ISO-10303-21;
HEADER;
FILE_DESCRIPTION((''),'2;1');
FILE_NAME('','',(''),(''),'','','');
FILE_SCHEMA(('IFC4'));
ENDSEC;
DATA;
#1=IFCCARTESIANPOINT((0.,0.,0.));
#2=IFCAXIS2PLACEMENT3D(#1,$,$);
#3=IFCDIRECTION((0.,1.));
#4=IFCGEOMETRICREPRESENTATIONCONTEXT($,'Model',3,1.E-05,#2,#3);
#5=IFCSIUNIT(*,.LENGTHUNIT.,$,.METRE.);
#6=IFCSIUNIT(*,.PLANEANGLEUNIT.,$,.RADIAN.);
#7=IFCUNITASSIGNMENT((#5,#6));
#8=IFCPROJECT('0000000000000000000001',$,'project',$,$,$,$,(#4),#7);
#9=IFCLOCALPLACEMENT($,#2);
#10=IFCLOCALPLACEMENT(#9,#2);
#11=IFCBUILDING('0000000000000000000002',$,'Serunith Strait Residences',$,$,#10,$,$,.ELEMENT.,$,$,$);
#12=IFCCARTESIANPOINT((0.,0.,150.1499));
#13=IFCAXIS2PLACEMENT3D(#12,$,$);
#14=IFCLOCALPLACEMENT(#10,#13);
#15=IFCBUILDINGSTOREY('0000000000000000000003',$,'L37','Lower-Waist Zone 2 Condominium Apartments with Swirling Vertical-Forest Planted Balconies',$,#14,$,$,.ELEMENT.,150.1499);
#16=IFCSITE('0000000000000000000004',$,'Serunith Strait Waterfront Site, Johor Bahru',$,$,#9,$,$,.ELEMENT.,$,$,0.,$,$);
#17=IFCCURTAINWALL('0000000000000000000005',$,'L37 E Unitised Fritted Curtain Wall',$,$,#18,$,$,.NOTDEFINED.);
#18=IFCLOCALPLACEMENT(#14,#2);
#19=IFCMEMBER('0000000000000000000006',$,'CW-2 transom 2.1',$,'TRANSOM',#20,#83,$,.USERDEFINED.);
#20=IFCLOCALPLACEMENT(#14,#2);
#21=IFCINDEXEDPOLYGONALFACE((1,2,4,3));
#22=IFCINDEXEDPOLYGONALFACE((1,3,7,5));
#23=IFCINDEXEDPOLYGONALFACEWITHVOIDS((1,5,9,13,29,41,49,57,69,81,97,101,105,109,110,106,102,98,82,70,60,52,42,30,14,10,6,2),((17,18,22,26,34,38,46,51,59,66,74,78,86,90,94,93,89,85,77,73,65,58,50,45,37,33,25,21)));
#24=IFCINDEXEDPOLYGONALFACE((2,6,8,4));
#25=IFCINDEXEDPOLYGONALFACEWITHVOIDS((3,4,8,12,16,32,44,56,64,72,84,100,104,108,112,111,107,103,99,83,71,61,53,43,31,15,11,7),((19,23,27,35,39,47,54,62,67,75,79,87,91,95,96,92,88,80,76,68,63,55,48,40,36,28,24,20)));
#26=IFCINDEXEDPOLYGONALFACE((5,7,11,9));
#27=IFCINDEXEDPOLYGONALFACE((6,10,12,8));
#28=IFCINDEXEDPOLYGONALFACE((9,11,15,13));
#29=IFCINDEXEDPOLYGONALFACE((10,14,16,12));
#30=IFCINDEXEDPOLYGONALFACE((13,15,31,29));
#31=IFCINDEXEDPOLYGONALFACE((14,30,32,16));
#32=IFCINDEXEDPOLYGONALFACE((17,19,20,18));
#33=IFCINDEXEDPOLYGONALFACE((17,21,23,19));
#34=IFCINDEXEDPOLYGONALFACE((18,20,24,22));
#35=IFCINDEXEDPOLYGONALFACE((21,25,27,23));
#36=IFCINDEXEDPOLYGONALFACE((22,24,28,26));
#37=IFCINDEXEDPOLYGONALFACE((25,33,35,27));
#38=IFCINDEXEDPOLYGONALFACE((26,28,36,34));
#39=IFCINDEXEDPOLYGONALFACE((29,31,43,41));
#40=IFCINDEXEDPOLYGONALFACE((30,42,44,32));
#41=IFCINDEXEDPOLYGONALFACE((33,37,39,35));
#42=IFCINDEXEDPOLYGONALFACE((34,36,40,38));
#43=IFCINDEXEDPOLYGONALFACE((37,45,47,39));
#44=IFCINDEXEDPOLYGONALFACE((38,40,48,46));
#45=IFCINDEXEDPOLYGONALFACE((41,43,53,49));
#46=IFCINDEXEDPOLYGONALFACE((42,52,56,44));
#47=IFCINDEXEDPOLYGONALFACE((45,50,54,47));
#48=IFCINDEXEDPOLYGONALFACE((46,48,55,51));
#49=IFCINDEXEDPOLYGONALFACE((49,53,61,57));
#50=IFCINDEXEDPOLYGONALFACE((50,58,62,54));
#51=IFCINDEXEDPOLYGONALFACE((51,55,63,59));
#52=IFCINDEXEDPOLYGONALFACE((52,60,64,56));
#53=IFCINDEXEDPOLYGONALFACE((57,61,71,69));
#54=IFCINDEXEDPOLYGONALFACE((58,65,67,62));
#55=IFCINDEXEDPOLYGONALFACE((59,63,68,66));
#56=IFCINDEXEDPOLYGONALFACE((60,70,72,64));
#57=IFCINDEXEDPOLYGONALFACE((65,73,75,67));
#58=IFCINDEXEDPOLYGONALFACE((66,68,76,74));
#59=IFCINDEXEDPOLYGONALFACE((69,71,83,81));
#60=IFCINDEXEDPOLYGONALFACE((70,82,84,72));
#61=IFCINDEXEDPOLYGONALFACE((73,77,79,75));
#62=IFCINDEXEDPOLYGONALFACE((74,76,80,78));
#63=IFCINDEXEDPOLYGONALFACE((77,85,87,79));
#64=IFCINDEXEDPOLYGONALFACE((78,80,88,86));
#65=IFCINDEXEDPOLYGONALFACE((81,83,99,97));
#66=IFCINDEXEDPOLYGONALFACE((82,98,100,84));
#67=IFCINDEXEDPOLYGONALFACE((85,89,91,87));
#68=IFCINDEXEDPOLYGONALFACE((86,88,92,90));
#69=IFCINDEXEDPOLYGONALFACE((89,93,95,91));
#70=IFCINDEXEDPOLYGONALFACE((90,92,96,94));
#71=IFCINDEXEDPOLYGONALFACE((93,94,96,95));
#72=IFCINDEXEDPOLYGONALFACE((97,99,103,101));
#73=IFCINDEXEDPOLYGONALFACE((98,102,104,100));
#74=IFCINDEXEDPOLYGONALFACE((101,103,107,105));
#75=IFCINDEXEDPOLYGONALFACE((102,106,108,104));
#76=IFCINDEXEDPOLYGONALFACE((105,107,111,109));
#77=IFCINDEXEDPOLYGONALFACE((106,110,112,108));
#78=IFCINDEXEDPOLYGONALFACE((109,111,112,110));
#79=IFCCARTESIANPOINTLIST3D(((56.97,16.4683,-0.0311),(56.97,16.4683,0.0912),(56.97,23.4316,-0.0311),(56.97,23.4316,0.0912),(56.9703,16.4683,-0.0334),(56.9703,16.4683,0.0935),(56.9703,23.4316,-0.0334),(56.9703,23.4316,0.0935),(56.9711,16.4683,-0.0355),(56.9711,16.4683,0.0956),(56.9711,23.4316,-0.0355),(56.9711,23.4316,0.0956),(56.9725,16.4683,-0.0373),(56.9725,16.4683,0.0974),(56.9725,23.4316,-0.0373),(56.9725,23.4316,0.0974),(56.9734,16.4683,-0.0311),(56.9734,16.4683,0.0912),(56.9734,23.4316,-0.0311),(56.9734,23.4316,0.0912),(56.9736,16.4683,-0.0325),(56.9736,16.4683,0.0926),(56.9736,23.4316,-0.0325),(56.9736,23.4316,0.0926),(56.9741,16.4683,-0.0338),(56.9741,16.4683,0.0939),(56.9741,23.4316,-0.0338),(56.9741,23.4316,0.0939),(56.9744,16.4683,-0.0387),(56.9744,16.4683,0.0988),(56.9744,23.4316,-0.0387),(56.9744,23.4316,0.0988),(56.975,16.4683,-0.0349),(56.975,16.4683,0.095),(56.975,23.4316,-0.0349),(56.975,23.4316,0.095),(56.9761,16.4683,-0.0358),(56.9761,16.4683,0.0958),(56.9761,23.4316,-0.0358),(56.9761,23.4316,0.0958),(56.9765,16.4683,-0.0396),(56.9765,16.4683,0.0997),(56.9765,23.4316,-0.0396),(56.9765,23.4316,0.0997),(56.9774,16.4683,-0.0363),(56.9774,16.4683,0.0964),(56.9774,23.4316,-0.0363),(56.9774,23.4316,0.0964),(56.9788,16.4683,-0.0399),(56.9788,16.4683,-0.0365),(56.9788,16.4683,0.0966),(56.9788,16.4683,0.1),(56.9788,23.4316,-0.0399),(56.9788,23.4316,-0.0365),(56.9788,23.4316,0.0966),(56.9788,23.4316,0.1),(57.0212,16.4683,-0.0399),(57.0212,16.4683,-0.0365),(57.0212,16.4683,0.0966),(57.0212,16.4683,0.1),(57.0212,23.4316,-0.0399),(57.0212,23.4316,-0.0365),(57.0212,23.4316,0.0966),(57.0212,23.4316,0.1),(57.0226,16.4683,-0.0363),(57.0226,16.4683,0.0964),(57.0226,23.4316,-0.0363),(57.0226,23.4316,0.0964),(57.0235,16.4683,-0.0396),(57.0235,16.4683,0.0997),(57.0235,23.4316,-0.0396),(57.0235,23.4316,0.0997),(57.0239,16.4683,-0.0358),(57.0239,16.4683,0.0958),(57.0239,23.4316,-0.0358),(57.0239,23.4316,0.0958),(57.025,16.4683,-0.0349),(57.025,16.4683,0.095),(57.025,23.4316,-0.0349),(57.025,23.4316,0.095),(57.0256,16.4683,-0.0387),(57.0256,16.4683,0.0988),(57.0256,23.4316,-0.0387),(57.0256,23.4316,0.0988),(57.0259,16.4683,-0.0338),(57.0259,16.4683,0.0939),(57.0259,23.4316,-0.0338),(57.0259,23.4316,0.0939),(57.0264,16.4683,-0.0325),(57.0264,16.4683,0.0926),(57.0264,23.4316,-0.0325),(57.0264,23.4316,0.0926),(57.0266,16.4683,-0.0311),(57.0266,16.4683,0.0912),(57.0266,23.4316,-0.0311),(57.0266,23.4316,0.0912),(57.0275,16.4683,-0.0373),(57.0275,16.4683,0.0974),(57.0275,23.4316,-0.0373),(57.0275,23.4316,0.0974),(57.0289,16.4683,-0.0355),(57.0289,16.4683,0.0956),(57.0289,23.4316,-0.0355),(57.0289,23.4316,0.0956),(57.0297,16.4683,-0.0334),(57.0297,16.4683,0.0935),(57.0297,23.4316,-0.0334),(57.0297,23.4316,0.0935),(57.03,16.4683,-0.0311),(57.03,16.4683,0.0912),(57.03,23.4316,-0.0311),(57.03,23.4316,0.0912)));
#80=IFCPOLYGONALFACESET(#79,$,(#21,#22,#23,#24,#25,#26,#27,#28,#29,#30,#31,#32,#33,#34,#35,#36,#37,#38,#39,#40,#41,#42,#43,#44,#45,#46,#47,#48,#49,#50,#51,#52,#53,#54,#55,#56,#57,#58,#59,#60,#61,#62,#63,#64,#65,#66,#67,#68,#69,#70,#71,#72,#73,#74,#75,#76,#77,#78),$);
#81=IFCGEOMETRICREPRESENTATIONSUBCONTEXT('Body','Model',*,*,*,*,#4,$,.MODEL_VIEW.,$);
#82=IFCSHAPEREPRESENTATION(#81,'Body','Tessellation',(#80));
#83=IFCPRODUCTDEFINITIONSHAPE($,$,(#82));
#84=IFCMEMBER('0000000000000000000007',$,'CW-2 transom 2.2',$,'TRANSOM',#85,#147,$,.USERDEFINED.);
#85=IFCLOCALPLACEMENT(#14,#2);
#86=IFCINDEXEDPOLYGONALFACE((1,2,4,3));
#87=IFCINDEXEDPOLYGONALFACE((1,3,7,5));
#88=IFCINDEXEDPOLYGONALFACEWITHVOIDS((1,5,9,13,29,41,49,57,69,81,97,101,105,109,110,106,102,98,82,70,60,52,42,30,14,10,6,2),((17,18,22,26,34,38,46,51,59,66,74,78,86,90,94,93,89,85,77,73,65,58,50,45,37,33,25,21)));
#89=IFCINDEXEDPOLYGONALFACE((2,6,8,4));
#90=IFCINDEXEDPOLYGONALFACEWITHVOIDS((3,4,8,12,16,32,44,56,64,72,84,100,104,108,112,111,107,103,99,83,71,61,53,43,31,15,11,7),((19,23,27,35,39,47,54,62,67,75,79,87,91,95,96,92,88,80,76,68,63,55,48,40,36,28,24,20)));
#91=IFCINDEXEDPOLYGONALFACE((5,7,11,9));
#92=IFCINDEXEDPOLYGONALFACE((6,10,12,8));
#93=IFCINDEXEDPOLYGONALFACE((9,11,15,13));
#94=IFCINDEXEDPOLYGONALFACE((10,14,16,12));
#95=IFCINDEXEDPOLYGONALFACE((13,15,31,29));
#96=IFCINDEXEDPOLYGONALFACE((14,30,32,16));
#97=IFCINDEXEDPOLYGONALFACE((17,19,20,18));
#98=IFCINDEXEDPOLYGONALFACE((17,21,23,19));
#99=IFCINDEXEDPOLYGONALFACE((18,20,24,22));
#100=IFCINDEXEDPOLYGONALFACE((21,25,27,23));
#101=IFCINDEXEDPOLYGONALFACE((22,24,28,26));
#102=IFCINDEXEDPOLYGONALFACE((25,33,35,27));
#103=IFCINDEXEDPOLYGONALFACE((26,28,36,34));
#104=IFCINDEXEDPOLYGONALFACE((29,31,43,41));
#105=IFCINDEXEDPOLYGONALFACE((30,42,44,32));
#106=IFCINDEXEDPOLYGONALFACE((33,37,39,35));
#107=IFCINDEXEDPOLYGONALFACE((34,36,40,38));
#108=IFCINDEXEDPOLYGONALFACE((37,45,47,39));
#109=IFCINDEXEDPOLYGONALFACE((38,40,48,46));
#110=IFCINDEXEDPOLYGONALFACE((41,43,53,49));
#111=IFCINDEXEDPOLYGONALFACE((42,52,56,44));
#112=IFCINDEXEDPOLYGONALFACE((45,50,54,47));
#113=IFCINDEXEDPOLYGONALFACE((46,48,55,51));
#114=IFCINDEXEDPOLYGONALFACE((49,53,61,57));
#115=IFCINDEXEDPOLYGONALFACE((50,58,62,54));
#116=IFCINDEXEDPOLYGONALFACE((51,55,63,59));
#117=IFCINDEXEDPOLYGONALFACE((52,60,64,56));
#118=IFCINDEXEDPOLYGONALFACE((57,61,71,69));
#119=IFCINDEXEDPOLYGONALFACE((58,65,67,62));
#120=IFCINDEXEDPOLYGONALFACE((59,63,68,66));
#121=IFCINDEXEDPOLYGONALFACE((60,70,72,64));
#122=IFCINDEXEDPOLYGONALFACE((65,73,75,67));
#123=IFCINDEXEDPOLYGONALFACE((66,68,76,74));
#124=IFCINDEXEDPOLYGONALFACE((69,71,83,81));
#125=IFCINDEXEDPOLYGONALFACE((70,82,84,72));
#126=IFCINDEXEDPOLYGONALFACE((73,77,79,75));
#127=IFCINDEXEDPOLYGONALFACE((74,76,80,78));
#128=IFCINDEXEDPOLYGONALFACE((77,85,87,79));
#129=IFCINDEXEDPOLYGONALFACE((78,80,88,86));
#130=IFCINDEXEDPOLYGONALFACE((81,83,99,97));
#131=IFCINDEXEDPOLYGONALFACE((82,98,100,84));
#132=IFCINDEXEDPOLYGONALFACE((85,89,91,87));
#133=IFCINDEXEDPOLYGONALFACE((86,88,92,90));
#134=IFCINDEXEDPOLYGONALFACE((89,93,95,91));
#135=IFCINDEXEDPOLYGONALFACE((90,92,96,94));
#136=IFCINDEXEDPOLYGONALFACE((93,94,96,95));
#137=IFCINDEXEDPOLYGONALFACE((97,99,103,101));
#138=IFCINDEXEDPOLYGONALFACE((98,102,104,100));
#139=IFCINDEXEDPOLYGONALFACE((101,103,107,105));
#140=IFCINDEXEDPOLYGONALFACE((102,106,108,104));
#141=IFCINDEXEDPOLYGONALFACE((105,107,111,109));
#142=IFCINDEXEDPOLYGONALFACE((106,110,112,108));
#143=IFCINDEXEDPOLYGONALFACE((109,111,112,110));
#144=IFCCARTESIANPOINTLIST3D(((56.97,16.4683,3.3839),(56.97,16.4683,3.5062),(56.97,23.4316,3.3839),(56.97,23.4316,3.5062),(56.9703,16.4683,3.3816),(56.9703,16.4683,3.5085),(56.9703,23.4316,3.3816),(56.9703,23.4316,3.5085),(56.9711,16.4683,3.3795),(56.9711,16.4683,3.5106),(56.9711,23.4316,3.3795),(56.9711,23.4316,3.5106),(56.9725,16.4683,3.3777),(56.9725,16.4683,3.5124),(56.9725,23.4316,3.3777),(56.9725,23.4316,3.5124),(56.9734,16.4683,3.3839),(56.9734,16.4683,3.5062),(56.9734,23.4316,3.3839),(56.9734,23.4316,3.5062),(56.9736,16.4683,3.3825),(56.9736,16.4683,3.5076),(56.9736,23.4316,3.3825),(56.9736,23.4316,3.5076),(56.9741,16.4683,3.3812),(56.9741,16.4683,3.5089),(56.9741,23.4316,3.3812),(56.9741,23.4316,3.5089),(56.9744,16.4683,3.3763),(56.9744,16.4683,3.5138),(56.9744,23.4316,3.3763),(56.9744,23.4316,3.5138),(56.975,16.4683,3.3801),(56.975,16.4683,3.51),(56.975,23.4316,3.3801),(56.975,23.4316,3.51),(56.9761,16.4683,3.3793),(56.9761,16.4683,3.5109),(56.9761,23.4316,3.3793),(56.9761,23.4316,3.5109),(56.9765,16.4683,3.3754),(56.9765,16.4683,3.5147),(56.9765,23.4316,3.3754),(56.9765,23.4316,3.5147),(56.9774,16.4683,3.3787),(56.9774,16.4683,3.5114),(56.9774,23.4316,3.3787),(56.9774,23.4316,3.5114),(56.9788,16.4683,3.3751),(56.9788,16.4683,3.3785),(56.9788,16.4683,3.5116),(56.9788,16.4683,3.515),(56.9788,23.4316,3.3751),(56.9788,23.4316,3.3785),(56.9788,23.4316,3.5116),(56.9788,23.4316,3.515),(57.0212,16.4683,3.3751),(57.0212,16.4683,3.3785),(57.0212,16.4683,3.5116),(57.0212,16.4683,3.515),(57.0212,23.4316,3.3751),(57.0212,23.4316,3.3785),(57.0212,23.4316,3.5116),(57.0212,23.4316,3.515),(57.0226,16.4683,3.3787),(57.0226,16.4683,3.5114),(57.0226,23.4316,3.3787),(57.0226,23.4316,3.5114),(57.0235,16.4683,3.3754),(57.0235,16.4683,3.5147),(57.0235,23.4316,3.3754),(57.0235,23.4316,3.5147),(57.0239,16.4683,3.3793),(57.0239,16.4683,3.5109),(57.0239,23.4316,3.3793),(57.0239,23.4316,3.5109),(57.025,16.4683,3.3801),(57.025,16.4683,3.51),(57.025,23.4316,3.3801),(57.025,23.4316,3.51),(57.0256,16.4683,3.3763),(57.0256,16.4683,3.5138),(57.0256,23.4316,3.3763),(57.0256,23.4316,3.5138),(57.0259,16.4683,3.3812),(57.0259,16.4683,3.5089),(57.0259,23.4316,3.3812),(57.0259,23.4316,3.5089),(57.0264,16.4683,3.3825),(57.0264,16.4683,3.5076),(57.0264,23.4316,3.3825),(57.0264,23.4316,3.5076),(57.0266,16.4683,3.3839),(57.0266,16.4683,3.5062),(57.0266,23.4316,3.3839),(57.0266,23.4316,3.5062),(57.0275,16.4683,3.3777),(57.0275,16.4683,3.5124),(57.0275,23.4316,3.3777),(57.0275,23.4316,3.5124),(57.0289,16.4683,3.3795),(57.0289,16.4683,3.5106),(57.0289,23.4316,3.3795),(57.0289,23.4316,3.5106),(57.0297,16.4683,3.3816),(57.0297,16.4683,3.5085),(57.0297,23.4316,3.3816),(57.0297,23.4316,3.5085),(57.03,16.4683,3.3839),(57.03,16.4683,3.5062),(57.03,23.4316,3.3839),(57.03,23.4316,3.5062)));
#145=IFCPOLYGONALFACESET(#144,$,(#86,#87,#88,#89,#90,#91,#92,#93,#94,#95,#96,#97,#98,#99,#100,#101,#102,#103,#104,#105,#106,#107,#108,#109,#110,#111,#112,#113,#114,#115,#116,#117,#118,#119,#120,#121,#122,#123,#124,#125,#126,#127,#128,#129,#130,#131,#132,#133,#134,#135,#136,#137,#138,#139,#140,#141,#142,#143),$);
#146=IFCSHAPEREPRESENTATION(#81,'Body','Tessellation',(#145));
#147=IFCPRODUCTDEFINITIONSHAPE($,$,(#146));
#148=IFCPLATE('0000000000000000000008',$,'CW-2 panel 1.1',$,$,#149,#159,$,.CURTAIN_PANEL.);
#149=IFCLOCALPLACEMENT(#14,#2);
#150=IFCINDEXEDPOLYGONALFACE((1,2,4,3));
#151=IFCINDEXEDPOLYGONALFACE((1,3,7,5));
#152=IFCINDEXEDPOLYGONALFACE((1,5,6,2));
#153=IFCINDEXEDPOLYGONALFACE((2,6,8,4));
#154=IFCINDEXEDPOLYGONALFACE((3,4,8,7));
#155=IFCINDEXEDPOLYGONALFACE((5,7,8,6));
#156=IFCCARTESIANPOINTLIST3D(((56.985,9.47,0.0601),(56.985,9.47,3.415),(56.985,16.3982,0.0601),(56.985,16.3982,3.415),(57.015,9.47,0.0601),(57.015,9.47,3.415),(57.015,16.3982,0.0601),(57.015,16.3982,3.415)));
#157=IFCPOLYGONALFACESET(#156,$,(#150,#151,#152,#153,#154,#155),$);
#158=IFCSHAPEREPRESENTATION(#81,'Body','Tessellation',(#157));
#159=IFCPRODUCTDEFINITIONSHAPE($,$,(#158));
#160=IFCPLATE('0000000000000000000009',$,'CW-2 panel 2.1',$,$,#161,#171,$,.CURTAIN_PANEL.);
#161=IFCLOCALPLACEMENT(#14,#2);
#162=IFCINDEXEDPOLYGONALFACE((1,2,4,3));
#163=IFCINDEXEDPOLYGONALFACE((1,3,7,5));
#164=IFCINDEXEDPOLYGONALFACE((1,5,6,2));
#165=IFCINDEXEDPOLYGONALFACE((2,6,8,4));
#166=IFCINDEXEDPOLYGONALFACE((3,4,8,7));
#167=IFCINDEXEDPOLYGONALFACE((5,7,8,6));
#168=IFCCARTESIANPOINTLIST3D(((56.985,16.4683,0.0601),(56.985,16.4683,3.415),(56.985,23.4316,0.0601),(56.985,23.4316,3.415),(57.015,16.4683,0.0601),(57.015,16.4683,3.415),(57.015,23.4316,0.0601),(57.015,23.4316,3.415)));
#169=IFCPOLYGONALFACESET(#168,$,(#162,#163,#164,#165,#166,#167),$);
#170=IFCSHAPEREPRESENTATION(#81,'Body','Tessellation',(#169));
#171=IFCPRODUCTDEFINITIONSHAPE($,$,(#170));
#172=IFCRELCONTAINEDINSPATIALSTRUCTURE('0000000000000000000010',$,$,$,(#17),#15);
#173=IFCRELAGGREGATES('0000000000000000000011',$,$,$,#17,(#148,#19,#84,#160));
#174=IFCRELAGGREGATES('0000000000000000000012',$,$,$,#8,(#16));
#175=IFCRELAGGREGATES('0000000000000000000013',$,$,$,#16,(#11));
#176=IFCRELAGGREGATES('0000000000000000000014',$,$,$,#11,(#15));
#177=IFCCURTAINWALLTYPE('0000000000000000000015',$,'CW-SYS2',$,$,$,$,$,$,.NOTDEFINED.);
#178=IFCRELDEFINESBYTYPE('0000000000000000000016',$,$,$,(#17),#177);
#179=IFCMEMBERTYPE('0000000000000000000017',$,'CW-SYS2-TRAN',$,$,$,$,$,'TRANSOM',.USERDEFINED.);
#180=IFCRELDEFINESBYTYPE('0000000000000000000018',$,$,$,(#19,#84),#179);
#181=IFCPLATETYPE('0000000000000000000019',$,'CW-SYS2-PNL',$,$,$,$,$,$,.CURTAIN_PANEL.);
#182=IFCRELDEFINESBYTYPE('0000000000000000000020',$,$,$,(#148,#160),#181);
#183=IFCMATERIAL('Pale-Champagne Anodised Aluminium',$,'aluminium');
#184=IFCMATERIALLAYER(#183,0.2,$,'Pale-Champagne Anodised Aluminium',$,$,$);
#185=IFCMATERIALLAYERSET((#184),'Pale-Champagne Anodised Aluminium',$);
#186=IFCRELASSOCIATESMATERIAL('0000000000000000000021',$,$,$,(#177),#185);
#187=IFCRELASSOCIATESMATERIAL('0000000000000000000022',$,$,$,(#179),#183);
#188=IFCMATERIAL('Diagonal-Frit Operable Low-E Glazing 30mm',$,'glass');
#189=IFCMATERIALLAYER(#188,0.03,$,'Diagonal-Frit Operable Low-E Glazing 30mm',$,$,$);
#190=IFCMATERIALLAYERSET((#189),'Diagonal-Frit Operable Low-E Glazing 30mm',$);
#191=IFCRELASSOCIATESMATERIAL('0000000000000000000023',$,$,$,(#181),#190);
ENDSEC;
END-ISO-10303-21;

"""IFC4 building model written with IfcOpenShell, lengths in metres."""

from ifc_helpers import new_model, si_unit, direction, frame, origin, origin_2d, place, context, subcontext, project, spatial, rectangle, hollow_rectangle, extrude, source, transform, mapped, material, layer, layer_set, material_profile, profile_set, type_object, element, aggregate, save


model = new_model("IFC4")

# Units and contexts
model_context = context("Model", 3, precision=1e-05, world=origin(), true_north=direction((0.0, 1.0)))
body_context = subcontext(model_context, "Body", "Model", "MODEL_VIEW")
ifc_project = project(units=[si_unit("LENGTHUNIT", "METRE"), si_unit("PLANEANGLEUNIT", "RADIAN")], contexts=[model_context])

# Site, building, storey
site_placement = place(None, origin())
site = spatial("IfcSite", under=ifc_project, at=site_placement, Name="Serunith Strait Waterfront Site, Johor Bahru", CompositionType="ELEMENT", RefElevation=0.0)
building_placement = place(site_placement, origin())
building = spatial("IfcBuilding", under=site, at=building_placement, Name="Serunith Strait Residences", CompositionType="ELEMENT")
storey_placement = place(building_placement, frame((0.0, 0.0, 150.1499)))
storey = spatial("IfcBuildingStorey", under=building, at=storey_placement, Name="L37", Description="Lower-Waist Zone 2 Condominium Apartments with Swirling Vertical-Forest Planted Balconies", CompositionType="ELEMENT", Elevation=150.1499)

# Curtain wall, members, plates
ifc_material_1 = material(Name="Pale-Champagne Anodised Aluminium", Category="aluminium")
ifc_layer_1 = layer(ifc_material_1, 0.2, Name="Pale-Champagne Anodised Aluminium")
ifc_layer_set_1 = layer_set([ifc_layer_1], Name="Pale-Champagne Anodised Aluminium")
curtain_wall_type = type_object("IfcCurtainWallType", Name="CW-SYS2", PredefinedType="NOTDEFINED", material=ifc_layer_set_1)
curtain_wall_placement = place(storey_placement, origin())
curtain_wall = element("IfcCurtainWall", 1, at=curtain_wall_placement, inside=storey, type_object=curtain_wall_type, Name="L37 E Unitised Fritted Curtain Wall", PredefinedType="NOTDEFINED")
ifc_material_profile_1 = material_profile(ifc_material_1, hollow_rectangle(XDim=0.0601, YDim=0.1399, WallThickness=0.0034, InnerFilletRadius=0.0054, OuterFilletRadius=0.0088, at=origin_2d()), Name="ALU 140x60x3.5")
ifc_profile_set_1 = profile_set([ifc_material_profile_1], Name="Pale-Champagne Anodised Aluminium")
member_type_1 = type_object("IfcMemberType", Name="CW-SYS2-TRAN", ElementType="TRANSOM", PredefinedType="USERDEFINED", material=ifc_profile_set_1)
shared_shape_1 = source(origin(), body_context, "Body", "SweptSolid", [
    extrude(hollow_rectangle(XDim=0.0601, YDim=0.1399, WallThickness=0.0034, InnerFilletRadius=0.0054, OuterFilletRadius=0.0088, at=origin_2d()), origin(), (0.0, 0.0, 1.0), 6.9634),
])
member_1_placement = place(storey_placement, frame((57.0, 16.4683, 0.03), z_axis=(0.0, 1.0, 0.0), x_axis=(-1.0, 0.0, 0.0)))
member_1 = element("IfcMember", 2, at=member_1_placement, type_object=member_type_1, Name="CW-2 transom 2.1", ObjectType="TRANSOM", PredefinedType="USERDEFINED", context=body_context, shape_type="MappedRepresentation", body=[
    mapped(shared_shape_1, transform((0.0, 0.0, 0.0), scale=1.0)),
])
member_2_placement = place(storey_placement, frame((57.0, 16.4683, 3.4451), z_axis=(0.0, 1.0, 0.0), x_axis=(-1.0, 0.0, 0.0)))
member_2 = element("IfcMember", 3, at=member_2_placement, type_object=member_type_1, Name="CW-2 transom 2.2", ObjectType="TRANSOM", PredefinedType="USERDEFINED", context=body_context, shape_type="MappedRepresentation", body=[
    mapped(shared_shape_1, transform((0.0, 0.0, 0.0), scale=1.0)),
])
ifc_material_2 = material(Name="Diagonal-Frit Operable Low-E Glazing 30mm", Category="glass")
ifc_layer_2 = layer(ifc_material_2, 0.03, Name="Diagonal-Frit Operable Low-E Glazing 30mm")
ifc_layer_set_2 = layer_set([ifc_layer_2], Name="Diagonal-Frit Operable Low-E Glazing 30mm")
plate_type = type_object("IfcPlateType", Name="CW-SYS2-PNL", PredefinedType="CURTAIN_PANEL", material=ifc_layer_set_2)
shared_shape_2 = source(origin(), body_context, "Body", "SweptSolid", [
    extrude(rectangle(XDim=6.9282, YDim=0.03, at=origin_2d()), origin(), (0.0, 0.0, 1.0), 3.355),
])
plate_1_placement = place(storey_placement, frame((57.0, 12.9341, 0.0601), z_axis=(0.0, 0.0, 1.0), x_axis=(0.0, 1.0, 0.0)))
plate_1 = element("IfcPlate", 4, at=plate_1_placement, type_object=plate_type, Name="CW-2 panel 1.1", PredefinedType="CURTAIN_PANEL", context=body_context, shape_type="MappedRepresentation", body=[
    mapped(shared_shape_2, transform((0.0, 0.0, 0.0), scale=1.0)),
])
shared_shape_3 = source(origin(), body_context, "Body", "SweptSolid", [
    extrude(rectangle(XDim=6.9634, YDim=0.03, at=origin_2d()), origin(), (0.0, 0.0, 1.0), 3.355),
])
plate_2_placement = place(storey_placement, frame((57.0, 19.95, 0.0601), z_axis=(0.0, 0.0, 1.0), x_axis=(0.0, 1.0, 0.0)))
plate_2 = element("IfcPlate", 5, at=plate_2_placement, type_object=plate_type, Name="CW-2 panel 2.1", PredefinedType="CURTAIN_PANEL", context=body_context, shape_type="MappedRepresentation", body=[
    mapped(shared_shape_3, transform((0.0, 0.0, 0.0), scale=1.0)),
])
aggregate(curtain_wall, [plate_1, member_1, member_2, plate_2])

save(model, "model.ifc")
